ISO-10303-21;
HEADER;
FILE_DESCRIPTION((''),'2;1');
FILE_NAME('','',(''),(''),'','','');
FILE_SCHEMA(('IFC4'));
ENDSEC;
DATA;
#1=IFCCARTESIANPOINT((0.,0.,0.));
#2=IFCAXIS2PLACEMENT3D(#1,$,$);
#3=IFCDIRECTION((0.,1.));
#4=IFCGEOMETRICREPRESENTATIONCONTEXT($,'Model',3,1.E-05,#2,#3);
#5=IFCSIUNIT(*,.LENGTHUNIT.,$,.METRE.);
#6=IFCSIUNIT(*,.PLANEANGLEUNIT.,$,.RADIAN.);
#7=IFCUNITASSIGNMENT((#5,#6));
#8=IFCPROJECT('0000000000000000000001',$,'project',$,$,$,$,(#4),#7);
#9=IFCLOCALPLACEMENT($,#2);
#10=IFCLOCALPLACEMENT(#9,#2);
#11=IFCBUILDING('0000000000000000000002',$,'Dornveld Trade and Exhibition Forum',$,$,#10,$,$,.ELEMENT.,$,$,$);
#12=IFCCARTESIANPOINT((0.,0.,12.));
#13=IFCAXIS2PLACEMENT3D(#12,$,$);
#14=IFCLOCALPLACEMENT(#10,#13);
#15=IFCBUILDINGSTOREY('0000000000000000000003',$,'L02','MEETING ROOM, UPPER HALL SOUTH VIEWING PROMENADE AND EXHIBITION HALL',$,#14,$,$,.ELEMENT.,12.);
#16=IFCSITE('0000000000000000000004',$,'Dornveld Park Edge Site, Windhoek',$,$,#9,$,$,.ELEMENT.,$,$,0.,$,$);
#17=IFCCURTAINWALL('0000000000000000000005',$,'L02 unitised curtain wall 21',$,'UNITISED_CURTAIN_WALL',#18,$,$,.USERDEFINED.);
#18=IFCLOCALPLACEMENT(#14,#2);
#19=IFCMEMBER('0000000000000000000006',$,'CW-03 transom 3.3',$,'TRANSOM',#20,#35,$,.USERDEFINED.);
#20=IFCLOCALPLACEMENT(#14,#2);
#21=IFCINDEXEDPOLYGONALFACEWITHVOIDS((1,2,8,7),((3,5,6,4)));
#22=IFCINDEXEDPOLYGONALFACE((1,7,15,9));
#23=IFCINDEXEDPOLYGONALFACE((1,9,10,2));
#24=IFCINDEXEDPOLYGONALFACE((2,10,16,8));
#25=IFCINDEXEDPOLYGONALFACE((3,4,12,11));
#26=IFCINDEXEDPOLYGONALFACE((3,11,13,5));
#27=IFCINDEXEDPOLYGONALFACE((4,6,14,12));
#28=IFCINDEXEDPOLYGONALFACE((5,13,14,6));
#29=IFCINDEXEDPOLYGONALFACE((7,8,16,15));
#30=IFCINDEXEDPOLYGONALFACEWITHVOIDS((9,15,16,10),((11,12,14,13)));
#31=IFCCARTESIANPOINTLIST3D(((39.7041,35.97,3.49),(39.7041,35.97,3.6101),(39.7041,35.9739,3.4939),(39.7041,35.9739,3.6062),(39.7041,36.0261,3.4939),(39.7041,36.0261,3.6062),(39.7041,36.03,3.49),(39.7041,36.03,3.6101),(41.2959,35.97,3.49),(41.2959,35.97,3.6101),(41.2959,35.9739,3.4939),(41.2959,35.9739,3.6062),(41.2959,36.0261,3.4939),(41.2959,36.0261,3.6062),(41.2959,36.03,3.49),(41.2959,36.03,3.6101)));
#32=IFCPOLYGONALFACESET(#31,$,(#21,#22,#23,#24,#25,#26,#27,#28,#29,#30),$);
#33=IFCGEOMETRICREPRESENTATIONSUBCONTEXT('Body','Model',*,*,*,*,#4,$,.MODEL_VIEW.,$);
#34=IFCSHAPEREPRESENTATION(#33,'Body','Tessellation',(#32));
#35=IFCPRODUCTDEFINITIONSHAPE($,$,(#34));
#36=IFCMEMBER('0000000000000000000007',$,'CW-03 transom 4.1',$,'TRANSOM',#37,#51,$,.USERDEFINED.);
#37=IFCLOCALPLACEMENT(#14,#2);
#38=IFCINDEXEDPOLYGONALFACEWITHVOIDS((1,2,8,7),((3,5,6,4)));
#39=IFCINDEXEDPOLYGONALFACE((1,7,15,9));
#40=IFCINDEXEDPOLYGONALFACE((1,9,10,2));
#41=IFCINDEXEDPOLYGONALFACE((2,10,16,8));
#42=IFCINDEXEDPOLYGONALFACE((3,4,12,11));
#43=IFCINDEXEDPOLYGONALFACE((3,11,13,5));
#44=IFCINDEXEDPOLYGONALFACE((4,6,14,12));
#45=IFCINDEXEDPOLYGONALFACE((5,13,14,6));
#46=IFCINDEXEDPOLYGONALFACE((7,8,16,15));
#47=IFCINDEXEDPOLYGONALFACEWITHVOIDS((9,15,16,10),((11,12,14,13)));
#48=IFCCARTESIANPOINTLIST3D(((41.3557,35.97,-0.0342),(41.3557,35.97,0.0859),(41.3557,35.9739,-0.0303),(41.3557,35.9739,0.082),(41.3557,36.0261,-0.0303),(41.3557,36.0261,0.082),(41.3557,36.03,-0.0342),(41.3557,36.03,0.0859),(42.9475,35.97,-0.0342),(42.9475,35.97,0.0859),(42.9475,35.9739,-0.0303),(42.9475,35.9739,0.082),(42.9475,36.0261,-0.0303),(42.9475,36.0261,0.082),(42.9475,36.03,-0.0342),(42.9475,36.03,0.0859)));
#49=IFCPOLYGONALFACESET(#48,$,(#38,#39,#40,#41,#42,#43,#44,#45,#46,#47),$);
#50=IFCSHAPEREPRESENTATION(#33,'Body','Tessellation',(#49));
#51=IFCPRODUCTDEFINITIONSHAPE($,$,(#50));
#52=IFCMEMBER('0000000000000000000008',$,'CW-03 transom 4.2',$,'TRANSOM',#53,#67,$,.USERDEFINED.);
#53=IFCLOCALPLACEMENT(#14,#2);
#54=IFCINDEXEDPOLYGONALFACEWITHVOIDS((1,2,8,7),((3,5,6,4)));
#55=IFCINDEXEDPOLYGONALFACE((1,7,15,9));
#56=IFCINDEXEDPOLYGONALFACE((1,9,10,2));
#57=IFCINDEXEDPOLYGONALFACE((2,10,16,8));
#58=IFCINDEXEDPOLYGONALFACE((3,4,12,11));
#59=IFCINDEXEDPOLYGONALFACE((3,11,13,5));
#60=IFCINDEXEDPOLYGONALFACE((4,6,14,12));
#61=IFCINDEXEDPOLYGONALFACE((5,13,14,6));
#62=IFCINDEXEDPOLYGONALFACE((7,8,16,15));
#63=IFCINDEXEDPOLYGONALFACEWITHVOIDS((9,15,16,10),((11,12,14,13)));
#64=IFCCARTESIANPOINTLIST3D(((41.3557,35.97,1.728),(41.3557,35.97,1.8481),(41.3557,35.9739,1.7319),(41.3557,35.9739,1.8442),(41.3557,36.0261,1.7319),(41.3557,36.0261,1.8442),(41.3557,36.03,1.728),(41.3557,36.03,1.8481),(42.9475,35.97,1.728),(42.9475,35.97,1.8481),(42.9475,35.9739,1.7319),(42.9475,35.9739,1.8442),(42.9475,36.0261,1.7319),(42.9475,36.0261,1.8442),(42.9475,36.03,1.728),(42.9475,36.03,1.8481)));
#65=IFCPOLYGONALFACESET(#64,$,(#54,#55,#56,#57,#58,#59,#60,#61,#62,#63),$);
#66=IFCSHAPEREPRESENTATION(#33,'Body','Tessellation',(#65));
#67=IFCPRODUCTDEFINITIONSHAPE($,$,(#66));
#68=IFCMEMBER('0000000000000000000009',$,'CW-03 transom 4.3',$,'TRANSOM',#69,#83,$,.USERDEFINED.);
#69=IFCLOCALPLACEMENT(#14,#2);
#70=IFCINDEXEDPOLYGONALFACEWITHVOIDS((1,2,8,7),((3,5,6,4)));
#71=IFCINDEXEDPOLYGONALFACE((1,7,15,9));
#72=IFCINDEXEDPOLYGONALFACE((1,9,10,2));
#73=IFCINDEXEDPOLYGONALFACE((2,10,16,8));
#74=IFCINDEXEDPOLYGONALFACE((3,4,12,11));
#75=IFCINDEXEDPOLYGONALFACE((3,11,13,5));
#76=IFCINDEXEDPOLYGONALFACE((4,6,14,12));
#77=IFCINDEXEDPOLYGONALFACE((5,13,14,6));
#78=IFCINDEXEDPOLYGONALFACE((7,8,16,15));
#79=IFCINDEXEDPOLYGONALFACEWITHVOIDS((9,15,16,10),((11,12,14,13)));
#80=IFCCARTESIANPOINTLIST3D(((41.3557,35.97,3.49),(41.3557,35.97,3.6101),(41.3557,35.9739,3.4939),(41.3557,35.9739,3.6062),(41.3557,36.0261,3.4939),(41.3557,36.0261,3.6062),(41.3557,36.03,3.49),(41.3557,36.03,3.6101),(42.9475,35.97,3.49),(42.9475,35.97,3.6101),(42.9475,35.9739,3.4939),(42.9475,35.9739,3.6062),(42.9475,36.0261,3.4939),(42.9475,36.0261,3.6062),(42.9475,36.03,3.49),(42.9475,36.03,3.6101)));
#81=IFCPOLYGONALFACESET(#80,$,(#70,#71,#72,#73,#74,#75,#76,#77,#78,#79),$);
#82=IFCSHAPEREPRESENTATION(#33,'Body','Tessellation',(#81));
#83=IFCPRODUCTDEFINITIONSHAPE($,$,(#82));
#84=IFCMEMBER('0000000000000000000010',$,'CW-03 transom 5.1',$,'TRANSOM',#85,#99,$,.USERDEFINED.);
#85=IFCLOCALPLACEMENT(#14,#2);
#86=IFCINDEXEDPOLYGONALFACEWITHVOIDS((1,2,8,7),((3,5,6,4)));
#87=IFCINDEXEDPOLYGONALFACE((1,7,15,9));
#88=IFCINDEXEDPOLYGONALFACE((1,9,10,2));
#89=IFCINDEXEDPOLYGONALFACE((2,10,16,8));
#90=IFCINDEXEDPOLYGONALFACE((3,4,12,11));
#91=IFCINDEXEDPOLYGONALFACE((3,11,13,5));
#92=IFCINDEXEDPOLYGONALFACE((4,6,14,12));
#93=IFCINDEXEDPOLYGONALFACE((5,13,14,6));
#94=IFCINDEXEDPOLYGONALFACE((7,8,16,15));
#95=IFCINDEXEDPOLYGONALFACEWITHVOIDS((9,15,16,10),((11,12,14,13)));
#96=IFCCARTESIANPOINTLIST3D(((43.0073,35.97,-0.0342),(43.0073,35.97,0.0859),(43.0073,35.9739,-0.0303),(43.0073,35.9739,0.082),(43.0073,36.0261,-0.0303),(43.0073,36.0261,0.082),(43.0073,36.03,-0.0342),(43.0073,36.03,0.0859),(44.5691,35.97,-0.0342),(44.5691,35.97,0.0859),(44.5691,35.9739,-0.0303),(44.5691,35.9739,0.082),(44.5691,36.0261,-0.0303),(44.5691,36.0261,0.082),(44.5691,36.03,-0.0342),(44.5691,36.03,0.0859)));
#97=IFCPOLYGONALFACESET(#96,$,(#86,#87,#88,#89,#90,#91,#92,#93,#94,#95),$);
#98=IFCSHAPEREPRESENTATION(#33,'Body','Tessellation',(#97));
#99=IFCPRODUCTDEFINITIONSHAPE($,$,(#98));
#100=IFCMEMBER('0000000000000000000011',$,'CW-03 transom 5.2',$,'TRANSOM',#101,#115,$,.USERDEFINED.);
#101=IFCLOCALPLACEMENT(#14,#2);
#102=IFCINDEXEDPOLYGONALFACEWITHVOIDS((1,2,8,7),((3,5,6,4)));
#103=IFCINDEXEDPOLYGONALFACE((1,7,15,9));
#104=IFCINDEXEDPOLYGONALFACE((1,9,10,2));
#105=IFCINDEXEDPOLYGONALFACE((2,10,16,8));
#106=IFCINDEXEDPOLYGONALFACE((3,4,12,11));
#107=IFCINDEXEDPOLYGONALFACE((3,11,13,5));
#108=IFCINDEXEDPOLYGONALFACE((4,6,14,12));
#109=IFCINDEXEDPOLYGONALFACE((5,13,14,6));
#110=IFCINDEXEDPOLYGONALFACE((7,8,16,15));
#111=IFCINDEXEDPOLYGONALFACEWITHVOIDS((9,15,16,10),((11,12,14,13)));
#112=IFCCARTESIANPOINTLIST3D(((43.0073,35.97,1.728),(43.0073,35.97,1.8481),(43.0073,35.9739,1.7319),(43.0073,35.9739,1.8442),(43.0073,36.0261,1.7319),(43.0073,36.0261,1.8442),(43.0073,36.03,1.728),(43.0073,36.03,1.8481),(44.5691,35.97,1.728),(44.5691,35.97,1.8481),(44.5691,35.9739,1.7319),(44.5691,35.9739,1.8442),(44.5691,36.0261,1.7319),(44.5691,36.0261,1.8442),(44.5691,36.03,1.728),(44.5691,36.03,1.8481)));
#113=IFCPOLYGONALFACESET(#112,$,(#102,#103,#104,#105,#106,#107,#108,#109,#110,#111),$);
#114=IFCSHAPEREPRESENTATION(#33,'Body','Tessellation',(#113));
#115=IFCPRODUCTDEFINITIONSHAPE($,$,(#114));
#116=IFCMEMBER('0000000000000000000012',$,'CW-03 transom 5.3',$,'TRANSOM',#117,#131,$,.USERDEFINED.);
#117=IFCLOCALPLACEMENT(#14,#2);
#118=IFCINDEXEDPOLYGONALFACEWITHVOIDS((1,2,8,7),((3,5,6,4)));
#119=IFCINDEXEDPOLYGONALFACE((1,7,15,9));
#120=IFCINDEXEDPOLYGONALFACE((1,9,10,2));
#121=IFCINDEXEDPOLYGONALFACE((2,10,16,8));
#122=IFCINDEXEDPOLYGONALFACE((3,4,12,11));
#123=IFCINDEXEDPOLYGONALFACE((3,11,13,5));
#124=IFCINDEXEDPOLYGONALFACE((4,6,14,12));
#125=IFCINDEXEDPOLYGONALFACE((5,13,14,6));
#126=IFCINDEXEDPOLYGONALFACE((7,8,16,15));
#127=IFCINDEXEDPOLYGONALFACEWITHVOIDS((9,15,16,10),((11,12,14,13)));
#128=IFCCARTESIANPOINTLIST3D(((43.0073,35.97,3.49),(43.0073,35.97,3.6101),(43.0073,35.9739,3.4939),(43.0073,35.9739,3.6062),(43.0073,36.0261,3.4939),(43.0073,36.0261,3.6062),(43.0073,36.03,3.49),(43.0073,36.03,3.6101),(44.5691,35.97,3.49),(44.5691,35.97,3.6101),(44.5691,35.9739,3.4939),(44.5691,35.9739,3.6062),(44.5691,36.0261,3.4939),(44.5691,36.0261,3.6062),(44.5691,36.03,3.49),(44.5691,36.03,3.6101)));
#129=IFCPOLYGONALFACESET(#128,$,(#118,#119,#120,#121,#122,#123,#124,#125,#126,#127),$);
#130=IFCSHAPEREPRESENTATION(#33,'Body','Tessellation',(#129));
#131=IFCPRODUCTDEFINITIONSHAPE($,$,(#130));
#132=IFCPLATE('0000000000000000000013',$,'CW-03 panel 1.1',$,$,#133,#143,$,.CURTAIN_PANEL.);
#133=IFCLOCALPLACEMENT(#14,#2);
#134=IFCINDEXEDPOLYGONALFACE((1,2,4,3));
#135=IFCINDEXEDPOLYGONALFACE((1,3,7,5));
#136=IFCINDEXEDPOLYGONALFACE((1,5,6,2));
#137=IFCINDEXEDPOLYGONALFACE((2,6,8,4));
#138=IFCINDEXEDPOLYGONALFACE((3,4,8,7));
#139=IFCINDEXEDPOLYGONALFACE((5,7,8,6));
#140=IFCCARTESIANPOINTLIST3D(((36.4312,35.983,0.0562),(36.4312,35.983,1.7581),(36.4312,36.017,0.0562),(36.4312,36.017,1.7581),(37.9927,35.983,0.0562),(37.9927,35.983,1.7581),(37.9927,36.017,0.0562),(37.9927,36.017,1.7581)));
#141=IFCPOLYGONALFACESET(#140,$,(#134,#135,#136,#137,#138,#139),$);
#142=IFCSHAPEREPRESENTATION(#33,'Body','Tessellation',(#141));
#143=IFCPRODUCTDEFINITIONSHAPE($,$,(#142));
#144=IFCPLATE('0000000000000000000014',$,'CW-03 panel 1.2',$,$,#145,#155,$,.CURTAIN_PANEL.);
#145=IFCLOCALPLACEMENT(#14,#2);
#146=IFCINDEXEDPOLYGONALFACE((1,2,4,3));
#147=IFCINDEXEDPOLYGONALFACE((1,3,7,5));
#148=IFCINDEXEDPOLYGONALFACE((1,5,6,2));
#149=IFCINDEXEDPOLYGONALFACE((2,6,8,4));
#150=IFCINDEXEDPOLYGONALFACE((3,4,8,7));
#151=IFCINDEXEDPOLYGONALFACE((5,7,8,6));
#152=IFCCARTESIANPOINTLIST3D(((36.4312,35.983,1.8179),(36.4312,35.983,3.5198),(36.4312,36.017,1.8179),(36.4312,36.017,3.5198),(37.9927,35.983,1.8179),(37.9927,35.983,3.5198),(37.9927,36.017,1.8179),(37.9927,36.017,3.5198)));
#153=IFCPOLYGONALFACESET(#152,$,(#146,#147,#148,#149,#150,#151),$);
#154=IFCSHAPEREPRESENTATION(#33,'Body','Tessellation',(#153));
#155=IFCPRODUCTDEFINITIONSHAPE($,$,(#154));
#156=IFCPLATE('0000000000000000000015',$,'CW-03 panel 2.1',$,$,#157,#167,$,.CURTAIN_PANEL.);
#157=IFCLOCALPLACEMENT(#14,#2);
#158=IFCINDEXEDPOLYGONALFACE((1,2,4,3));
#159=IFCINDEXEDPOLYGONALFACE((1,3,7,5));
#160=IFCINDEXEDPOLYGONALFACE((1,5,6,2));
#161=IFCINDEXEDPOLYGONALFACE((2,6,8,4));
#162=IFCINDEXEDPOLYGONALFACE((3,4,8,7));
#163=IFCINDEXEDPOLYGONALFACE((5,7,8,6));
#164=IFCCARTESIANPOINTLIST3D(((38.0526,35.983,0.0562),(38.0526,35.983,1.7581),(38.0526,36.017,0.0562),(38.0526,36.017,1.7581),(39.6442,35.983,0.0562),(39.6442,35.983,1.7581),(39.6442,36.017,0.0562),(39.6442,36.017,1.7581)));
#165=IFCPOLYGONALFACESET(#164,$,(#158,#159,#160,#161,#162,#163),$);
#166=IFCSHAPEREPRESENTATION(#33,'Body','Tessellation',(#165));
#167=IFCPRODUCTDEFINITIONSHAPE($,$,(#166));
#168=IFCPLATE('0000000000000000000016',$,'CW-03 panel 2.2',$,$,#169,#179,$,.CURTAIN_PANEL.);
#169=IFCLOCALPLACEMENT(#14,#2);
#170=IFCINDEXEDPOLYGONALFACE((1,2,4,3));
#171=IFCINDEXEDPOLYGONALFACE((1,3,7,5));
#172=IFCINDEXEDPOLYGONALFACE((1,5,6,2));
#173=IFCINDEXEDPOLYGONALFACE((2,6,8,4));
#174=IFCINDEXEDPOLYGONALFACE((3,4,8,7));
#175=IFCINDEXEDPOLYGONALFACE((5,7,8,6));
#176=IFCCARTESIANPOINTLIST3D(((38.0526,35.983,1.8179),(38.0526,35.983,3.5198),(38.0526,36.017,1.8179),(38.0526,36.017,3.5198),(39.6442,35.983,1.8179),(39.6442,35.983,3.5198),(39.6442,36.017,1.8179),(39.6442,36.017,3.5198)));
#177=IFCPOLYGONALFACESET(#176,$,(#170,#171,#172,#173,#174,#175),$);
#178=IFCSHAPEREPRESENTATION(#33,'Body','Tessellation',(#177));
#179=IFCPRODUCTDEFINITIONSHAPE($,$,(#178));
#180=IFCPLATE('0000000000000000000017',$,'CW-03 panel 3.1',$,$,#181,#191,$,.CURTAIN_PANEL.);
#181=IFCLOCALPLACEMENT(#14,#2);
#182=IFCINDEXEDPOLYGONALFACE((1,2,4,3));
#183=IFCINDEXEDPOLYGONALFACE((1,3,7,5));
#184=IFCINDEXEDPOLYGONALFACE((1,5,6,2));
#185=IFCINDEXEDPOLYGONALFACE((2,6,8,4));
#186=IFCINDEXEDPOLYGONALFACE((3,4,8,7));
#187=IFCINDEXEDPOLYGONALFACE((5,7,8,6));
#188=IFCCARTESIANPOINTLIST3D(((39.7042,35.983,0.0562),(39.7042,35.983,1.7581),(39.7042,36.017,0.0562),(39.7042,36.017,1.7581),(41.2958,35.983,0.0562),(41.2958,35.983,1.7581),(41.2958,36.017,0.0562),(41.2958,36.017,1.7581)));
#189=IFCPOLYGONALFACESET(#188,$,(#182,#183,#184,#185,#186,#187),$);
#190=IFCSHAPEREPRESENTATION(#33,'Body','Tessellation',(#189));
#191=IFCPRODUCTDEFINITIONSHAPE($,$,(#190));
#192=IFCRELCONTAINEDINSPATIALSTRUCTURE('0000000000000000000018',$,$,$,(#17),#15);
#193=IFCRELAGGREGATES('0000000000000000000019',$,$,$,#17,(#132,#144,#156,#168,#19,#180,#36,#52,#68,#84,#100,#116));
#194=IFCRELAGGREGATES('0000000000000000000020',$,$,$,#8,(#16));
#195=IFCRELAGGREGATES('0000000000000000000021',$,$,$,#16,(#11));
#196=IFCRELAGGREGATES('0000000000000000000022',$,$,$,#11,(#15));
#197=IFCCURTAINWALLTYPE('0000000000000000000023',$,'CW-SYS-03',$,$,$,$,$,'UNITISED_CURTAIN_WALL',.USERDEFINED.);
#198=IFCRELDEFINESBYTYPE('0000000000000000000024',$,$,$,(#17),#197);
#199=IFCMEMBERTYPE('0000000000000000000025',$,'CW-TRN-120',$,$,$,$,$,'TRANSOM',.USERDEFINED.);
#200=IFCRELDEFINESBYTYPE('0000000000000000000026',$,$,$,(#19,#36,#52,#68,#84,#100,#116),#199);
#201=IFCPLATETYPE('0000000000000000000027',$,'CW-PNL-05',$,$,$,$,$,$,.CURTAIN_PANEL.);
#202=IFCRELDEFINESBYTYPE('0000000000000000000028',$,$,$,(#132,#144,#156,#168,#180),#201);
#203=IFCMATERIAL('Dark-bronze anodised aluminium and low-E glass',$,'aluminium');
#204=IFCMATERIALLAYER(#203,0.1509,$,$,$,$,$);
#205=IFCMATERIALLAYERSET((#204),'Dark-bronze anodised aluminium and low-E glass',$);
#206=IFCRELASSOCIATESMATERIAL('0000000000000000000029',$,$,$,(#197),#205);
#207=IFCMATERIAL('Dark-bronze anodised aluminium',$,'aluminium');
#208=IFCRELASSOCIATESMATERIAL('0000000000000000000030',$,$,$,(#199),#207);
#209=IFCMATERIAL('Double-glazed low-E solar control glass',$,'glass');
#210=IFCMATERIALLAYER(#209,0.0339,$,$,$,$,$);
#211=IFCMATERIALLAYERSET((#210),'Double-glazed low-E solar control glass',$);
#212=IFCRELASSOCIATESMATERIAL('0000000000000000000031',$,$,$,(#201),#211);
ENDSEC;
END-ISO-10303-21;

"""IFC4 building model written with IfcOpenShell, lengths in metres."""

from ifc_helpers import new_model, si_unit, direction, frame, origin, origin_2d, place, context, subcontext, project, spatial, rectangle, hollow_rectangle, extrude, material, layer, layer_set, material_profile, profile_set, type_object, element, aggregate, save


model = new_model("IFC4")

# Units and contexts
model_context = context("Model", 3, precision=1e-05, world=origin(), true_north=direction((0.0, 1.0)))
body_context = subcontext(model_context, "Body", "Model", "MODEL_VIEW")
ifc_project = project(units=[si_unit("LENGTHUNIT", "METRE"), si_unit("PLANEANGLEUNIT", "RADIAN")], contexts=[model_context])

# Site, building, storey
site_placement = place(None, origin())
site = spatial("IfcSite", under=ifc_project, at=site_placement, Name="Dornveld Park Edge Site, Windhoek", CompositionType="ELEMENT", RefElevation=0.0)
building_placement = place(site_placement, origin())
building = spatial("IfcBuilding", under=site, at=building_placement, Name="Dornveld Trade and Exhibition Forum", CompositionType="ELEMENT")
storey_placement = place(building_placement, frame((0.0, 0.0, 12.0)))
storey = spatial("IfcBuildingStorey", under=building, at=storey_placement, Name="L02", Description="MEETING ROOM, UPPER HALL SOUTH VIEWING PROMENADE AND EXHIBITION HALL", CompositionType="ELEMENT", Elevation=12.0)

# Curtain wall, members, plates
ifc_material_1 = material(Name="Dark-bronze anodised aluminium and low-E glass", Category="aluminium")
ifc_layer_1 = layer(ifc_material_1, 0.1509)
ifc_layer_set_1 = layer_set([ifc_layer_1], Name="Dark-bronze anodised aluminium and low-E glass")
curtain_wall_type = type_object("IfcCurtainWallType", Name="CW-SYS-03", ElementType="UNITISED_CURTAIN_WALL", PredefinedType="USERDEFINED", material=ifc_layer_set_1)
curtain_wall_placement = place(storey_placement, origin())
curtain_wall = element("IfcCurtainWall", 1, at=curtain_wall_placement, inside=storey, type_object=curtain_wall_type, Name="L02 unitised curtain wall 21", ObjectType="UNITISED_CURTAIN_WALL", PredefinedType="USERDEFINED")
ifc_material_2 = material(Name="Dark-bronze anodised aluminium", Category="aluminium")
ifc_material_profile_1 = material_profile(ifc_material_2, hollow_rectangle(XDim=0.0601, YDim=0.1201, WallThickness=0.0039, at=origin_2d()), Name="RHS 120x60x4")
ifc_profile_set_1 = profile_set([ifc_material_profile_1], Name="Dark-bronze anodised aluminium")
member_type_1 = type_object("IfcMemberType", Name="CW-TRN-120", ElementType="TRANSOM", PredefinedType="USERDEFINED", material=ifc_profile_set_1)
member_1_placement = place(storey_placement, frame((39.7041, 36.0, 3.55), z_axis=(1.0, 0.0, 0.0), x_axis=(0.0, 1.0, 0.0)))
member_1 = element("IfcMember", 2, at=member_1_placement, type_object=member_type_1, Name="CW-03 transom 3.3", ObjectType="TRANSOM", PredefinedType="USERDEFINED", context=body_context, shape_type="SweptSolid", body=[
    extrude(hollow_rectangle(XDim=0.0601, YDim=0.1201, WallThickness=0.0039, at=origin_2d()), origin(), (0.0, 0.0, 1.0), 1.5918),
])
member_2_placement = place(storey_placement, frame((41.3557, 36.0, 0.0259), z_axis=(1.0, 0.0, 0.0), x_axis=(0.0, 1.0, 0.0)))
member_2 = element("IfcMember", 3, at=member_2_placement, type_object=member_type_1, Name="CW-03 transom 4.1", ObjectType="TRANSOM", PredefinedType="USERDEFINED", context=body_context, shape_type="SweptSolid", body=[
    extrude(hollow_rectangle(XDim=0.0601, YDim=0.1201, WallThickness=0.0039, at=origin_2d()), origin(), (0.0, 0.0, 1.0), 1.5918),
])
member_3_placement = place(storey_placement, frame((41.3557, 36.0, 1.7881), z_axis=(1.0, 0.0, 0.0), x_axis=(0.0, 1.0, 0.0)))
member_3 = element("IfcMember", 4, at=member_3_placement, type_object=member_type_1, Name="CW-03 transom 4.2", ObjectType="TRANSOM", PredefinedType="USERDEFINED", context=body_context, shape_type="SweptSolid", body=[
    extrude(hollow_rectangle(XDim=0.0601, YDim=0.1201, WallThickness=0.0039, at=origin_2d()), origin(), (0.0, 0.0, 1.0), 1.5918),
])
member_4_placement = place(storey_placement, frame((41.3557, 36.0, 3.55), z_axis=(1.0, 0.0, 0.0), x_axis=(0.0, 1.0, 0.0)))
member_4 = element("IfcMember", 5, at=member_4_placement, type_object=member_type_1, Name="CW-03 transom 4.3", ObjectType="TRANSOM", PredefinedType="USERDEFINED", context=body_context, shape_type="SweptSolid", body=[
    extrude(hollow_rectangle(XDim=0.0601, YDim=0.1201, WallThickness=0.0039, at=origin_2d()), origin(), (0.0, 0.0, 1.0), 1.5918),
])
member_5_placement = place(storey_placement, frame((43.0073, 36.0, 0.0259), z_axis=(1.0, 0.0, 0.0), x_axis=(0.0, 1.0, 0.0)))
member_5 = element("IfcMember", 6, at=member_5_placement, type_object=member_type_1, Name="CW-03 transom 5.1", ObjectType="TRANSOM", PredefinedType="USERDEFINED", context=body_context, shape_type="SweptSolid", body=[
    extrude(hollow_rectangle(XDim=0.0601, YDim=0.1201, WallThickness=0.0039, at=origin_2d()), origin(), (0.0, 0.0, 1.0), 1.5618),
])
member_6_placement = place(storey_placement, frame((43.0073, 36.0, 1.7881), z_axis=(1.0, 0.0, 0.0), x_axis=(0.0, 1.0, 0.0)))
member_6 = element("IfcMember", 7, at=member_6_placement, type_object=member_type_1, Name="CW-03 transom 5.2", ObjectType="TRANSOM", PredefinedType="USERDEFINED", context=body_context, shape_type="SweptSolid", body=[
    extrude(hollow_rectangle(XDim=0.0601, YDim=0.1201, WallThickness=0.0039, at=origin_2d()), origin(), (0.0, 0.0, 1.0), 1.5618),
])
member_7_placement = place(storey_placement, frame((43.0073, 36.0, 3.55), z_axis=(1.0, 0.0, 0.0), x_axis=(0.0, 1.0, 0.0)))
member_7 = element("IfcMember", 8, at=member_7_placement, type_object=member_type_1, Name="CW-03 transom 5.3", ObjectType="TRANSOM", PredefinedType="USERDEFINED", context=body_context, shape_type="SweptSolid", body=[
    extrude(hollow_rectangle(XDim=0.0601, YDim=0.1201, WallThickness=0.0039, at=origin_2d()), origin(), (0.0, 0.0, 1.0), 1.5618),
])
ifc_material_3 = material(Name="Double-glazed low-E solar control glass", Category="glass")
ifc_layer_2 = layer(ifc_material_3, 0.0339)
ifc_layer_set_2 = layer_set([ifc_layer_2], Name="Double-glazed low-E solar control glass")
plate_type = type_object("IfcPlateType", Name="CW-PNL-05", PredefinedType="CURTAIN_PANEL", material=ifc_layer_set_2)
plate_1_placement = place(storey_placement, frame((37.2119, 36.0, 0.0562), z_axis=(0.0, 0.0, 1.0), x_axis=(1.0, 0.0, 0.0)))
plate_1 = element("IfcPlate", 9, at=plate_1_placement, type_object=plate_type, Name="CW-03 panel 1.1", PredefinedType="CURTAIN_PANEL", context=body_context, shape_type="SweptSolid", body=[
    extrude(rectangle(XDim=1.5615, YDim=0.0339, at=origin_2d()), origin(), (0.0, 0.0, 1.0), 1.7019),
])
plate_2_placement = place(storey_placement, frame((37.2119, 36.0, 1.8179), z_axis=(0.0, 0.0, 1.0), x_axis=(1.0, 0.0, 0.0)))
plate_2 = element("IfcPlate", 10, at=plate_2_placement, type_object=plate_type, Name="CW-03 panel 1.2", PredefinedType="CURTAIN_PANEL", context=body_context, shape_type="SweptSolid", body=[
    extrude(rectangle(XDim=1.5615, YDim=0.0339, at=origin_2d()), origin(), (0.0, 0.0, 1.0), 1.7019),
])
plate_3_placement = place(storey_placement, frame((38.8484, 36.0, 0.0562), z_axis=(0.0, 0.0, 1.0), x_axis=(1.0, 0.0, 0.0)))
plate_3 = element("IfcPlate", 11, at=plate_3_placement, type_object=plate_type, Name="CW-03 panel 2.1", PredefinedType="CURTAIN_PANEL", context=body_context, shape_type="SweptSolid", body=[
    extrude(rectangle(XDim=1.5916, YDim=0.0339, at=origin_2d()), origin(), (0.0, 0.0, 1.0), 1.7019),
])
plate_4_placement = place(storey_placement, frame((38.8484, 36.0, 1.8179), z_axis=(0.0, 0.0, 1.0), x_axis=(1.0, 0.0, 0.0)))
plate_4 = element("IfcPlate", 12, at=plate_4_placement, type_object=plate_type, Name="CW-03 panel 2.2", PredefinedType="CURTAIN_PANEL", context=body_context, shape_type="SweptSolid", body=[
    extrude(rectangle(XDim=1.5916, YDim=0.0339, at=origin_2d()), origin(), (0.0, 0.0, 1.0), 1.7019),
])
plate_5_placement = place(storey_placement, frame((40.5, 36.0, 0.0562), z_axis=(0.0, 0.0, 1.0), x_axis=(1.0, 0.0, 0.0)))
plate_5 = element("IfcPlate", 13, at=plate_5_placement, type_object=plate_type, Name="CW-03 panel 3.1", PredefinedType="CURTAIN_PANEL", context=body_context, shape_type="SweptSolid", body=[
    extrude(rectangle(XDim=1.5916, YDim=0.0339, at=origin_2d()), origin(), (0.0, 0.0, 1.0), 1.7019),
])
aggregate(curtain_wall, [plate_1, plate_2, plate_3, plate_4, member_1, plate_5, member_2, member_3, member_4, member_5, member_6, member_7])

save(model, "model.ifc")
